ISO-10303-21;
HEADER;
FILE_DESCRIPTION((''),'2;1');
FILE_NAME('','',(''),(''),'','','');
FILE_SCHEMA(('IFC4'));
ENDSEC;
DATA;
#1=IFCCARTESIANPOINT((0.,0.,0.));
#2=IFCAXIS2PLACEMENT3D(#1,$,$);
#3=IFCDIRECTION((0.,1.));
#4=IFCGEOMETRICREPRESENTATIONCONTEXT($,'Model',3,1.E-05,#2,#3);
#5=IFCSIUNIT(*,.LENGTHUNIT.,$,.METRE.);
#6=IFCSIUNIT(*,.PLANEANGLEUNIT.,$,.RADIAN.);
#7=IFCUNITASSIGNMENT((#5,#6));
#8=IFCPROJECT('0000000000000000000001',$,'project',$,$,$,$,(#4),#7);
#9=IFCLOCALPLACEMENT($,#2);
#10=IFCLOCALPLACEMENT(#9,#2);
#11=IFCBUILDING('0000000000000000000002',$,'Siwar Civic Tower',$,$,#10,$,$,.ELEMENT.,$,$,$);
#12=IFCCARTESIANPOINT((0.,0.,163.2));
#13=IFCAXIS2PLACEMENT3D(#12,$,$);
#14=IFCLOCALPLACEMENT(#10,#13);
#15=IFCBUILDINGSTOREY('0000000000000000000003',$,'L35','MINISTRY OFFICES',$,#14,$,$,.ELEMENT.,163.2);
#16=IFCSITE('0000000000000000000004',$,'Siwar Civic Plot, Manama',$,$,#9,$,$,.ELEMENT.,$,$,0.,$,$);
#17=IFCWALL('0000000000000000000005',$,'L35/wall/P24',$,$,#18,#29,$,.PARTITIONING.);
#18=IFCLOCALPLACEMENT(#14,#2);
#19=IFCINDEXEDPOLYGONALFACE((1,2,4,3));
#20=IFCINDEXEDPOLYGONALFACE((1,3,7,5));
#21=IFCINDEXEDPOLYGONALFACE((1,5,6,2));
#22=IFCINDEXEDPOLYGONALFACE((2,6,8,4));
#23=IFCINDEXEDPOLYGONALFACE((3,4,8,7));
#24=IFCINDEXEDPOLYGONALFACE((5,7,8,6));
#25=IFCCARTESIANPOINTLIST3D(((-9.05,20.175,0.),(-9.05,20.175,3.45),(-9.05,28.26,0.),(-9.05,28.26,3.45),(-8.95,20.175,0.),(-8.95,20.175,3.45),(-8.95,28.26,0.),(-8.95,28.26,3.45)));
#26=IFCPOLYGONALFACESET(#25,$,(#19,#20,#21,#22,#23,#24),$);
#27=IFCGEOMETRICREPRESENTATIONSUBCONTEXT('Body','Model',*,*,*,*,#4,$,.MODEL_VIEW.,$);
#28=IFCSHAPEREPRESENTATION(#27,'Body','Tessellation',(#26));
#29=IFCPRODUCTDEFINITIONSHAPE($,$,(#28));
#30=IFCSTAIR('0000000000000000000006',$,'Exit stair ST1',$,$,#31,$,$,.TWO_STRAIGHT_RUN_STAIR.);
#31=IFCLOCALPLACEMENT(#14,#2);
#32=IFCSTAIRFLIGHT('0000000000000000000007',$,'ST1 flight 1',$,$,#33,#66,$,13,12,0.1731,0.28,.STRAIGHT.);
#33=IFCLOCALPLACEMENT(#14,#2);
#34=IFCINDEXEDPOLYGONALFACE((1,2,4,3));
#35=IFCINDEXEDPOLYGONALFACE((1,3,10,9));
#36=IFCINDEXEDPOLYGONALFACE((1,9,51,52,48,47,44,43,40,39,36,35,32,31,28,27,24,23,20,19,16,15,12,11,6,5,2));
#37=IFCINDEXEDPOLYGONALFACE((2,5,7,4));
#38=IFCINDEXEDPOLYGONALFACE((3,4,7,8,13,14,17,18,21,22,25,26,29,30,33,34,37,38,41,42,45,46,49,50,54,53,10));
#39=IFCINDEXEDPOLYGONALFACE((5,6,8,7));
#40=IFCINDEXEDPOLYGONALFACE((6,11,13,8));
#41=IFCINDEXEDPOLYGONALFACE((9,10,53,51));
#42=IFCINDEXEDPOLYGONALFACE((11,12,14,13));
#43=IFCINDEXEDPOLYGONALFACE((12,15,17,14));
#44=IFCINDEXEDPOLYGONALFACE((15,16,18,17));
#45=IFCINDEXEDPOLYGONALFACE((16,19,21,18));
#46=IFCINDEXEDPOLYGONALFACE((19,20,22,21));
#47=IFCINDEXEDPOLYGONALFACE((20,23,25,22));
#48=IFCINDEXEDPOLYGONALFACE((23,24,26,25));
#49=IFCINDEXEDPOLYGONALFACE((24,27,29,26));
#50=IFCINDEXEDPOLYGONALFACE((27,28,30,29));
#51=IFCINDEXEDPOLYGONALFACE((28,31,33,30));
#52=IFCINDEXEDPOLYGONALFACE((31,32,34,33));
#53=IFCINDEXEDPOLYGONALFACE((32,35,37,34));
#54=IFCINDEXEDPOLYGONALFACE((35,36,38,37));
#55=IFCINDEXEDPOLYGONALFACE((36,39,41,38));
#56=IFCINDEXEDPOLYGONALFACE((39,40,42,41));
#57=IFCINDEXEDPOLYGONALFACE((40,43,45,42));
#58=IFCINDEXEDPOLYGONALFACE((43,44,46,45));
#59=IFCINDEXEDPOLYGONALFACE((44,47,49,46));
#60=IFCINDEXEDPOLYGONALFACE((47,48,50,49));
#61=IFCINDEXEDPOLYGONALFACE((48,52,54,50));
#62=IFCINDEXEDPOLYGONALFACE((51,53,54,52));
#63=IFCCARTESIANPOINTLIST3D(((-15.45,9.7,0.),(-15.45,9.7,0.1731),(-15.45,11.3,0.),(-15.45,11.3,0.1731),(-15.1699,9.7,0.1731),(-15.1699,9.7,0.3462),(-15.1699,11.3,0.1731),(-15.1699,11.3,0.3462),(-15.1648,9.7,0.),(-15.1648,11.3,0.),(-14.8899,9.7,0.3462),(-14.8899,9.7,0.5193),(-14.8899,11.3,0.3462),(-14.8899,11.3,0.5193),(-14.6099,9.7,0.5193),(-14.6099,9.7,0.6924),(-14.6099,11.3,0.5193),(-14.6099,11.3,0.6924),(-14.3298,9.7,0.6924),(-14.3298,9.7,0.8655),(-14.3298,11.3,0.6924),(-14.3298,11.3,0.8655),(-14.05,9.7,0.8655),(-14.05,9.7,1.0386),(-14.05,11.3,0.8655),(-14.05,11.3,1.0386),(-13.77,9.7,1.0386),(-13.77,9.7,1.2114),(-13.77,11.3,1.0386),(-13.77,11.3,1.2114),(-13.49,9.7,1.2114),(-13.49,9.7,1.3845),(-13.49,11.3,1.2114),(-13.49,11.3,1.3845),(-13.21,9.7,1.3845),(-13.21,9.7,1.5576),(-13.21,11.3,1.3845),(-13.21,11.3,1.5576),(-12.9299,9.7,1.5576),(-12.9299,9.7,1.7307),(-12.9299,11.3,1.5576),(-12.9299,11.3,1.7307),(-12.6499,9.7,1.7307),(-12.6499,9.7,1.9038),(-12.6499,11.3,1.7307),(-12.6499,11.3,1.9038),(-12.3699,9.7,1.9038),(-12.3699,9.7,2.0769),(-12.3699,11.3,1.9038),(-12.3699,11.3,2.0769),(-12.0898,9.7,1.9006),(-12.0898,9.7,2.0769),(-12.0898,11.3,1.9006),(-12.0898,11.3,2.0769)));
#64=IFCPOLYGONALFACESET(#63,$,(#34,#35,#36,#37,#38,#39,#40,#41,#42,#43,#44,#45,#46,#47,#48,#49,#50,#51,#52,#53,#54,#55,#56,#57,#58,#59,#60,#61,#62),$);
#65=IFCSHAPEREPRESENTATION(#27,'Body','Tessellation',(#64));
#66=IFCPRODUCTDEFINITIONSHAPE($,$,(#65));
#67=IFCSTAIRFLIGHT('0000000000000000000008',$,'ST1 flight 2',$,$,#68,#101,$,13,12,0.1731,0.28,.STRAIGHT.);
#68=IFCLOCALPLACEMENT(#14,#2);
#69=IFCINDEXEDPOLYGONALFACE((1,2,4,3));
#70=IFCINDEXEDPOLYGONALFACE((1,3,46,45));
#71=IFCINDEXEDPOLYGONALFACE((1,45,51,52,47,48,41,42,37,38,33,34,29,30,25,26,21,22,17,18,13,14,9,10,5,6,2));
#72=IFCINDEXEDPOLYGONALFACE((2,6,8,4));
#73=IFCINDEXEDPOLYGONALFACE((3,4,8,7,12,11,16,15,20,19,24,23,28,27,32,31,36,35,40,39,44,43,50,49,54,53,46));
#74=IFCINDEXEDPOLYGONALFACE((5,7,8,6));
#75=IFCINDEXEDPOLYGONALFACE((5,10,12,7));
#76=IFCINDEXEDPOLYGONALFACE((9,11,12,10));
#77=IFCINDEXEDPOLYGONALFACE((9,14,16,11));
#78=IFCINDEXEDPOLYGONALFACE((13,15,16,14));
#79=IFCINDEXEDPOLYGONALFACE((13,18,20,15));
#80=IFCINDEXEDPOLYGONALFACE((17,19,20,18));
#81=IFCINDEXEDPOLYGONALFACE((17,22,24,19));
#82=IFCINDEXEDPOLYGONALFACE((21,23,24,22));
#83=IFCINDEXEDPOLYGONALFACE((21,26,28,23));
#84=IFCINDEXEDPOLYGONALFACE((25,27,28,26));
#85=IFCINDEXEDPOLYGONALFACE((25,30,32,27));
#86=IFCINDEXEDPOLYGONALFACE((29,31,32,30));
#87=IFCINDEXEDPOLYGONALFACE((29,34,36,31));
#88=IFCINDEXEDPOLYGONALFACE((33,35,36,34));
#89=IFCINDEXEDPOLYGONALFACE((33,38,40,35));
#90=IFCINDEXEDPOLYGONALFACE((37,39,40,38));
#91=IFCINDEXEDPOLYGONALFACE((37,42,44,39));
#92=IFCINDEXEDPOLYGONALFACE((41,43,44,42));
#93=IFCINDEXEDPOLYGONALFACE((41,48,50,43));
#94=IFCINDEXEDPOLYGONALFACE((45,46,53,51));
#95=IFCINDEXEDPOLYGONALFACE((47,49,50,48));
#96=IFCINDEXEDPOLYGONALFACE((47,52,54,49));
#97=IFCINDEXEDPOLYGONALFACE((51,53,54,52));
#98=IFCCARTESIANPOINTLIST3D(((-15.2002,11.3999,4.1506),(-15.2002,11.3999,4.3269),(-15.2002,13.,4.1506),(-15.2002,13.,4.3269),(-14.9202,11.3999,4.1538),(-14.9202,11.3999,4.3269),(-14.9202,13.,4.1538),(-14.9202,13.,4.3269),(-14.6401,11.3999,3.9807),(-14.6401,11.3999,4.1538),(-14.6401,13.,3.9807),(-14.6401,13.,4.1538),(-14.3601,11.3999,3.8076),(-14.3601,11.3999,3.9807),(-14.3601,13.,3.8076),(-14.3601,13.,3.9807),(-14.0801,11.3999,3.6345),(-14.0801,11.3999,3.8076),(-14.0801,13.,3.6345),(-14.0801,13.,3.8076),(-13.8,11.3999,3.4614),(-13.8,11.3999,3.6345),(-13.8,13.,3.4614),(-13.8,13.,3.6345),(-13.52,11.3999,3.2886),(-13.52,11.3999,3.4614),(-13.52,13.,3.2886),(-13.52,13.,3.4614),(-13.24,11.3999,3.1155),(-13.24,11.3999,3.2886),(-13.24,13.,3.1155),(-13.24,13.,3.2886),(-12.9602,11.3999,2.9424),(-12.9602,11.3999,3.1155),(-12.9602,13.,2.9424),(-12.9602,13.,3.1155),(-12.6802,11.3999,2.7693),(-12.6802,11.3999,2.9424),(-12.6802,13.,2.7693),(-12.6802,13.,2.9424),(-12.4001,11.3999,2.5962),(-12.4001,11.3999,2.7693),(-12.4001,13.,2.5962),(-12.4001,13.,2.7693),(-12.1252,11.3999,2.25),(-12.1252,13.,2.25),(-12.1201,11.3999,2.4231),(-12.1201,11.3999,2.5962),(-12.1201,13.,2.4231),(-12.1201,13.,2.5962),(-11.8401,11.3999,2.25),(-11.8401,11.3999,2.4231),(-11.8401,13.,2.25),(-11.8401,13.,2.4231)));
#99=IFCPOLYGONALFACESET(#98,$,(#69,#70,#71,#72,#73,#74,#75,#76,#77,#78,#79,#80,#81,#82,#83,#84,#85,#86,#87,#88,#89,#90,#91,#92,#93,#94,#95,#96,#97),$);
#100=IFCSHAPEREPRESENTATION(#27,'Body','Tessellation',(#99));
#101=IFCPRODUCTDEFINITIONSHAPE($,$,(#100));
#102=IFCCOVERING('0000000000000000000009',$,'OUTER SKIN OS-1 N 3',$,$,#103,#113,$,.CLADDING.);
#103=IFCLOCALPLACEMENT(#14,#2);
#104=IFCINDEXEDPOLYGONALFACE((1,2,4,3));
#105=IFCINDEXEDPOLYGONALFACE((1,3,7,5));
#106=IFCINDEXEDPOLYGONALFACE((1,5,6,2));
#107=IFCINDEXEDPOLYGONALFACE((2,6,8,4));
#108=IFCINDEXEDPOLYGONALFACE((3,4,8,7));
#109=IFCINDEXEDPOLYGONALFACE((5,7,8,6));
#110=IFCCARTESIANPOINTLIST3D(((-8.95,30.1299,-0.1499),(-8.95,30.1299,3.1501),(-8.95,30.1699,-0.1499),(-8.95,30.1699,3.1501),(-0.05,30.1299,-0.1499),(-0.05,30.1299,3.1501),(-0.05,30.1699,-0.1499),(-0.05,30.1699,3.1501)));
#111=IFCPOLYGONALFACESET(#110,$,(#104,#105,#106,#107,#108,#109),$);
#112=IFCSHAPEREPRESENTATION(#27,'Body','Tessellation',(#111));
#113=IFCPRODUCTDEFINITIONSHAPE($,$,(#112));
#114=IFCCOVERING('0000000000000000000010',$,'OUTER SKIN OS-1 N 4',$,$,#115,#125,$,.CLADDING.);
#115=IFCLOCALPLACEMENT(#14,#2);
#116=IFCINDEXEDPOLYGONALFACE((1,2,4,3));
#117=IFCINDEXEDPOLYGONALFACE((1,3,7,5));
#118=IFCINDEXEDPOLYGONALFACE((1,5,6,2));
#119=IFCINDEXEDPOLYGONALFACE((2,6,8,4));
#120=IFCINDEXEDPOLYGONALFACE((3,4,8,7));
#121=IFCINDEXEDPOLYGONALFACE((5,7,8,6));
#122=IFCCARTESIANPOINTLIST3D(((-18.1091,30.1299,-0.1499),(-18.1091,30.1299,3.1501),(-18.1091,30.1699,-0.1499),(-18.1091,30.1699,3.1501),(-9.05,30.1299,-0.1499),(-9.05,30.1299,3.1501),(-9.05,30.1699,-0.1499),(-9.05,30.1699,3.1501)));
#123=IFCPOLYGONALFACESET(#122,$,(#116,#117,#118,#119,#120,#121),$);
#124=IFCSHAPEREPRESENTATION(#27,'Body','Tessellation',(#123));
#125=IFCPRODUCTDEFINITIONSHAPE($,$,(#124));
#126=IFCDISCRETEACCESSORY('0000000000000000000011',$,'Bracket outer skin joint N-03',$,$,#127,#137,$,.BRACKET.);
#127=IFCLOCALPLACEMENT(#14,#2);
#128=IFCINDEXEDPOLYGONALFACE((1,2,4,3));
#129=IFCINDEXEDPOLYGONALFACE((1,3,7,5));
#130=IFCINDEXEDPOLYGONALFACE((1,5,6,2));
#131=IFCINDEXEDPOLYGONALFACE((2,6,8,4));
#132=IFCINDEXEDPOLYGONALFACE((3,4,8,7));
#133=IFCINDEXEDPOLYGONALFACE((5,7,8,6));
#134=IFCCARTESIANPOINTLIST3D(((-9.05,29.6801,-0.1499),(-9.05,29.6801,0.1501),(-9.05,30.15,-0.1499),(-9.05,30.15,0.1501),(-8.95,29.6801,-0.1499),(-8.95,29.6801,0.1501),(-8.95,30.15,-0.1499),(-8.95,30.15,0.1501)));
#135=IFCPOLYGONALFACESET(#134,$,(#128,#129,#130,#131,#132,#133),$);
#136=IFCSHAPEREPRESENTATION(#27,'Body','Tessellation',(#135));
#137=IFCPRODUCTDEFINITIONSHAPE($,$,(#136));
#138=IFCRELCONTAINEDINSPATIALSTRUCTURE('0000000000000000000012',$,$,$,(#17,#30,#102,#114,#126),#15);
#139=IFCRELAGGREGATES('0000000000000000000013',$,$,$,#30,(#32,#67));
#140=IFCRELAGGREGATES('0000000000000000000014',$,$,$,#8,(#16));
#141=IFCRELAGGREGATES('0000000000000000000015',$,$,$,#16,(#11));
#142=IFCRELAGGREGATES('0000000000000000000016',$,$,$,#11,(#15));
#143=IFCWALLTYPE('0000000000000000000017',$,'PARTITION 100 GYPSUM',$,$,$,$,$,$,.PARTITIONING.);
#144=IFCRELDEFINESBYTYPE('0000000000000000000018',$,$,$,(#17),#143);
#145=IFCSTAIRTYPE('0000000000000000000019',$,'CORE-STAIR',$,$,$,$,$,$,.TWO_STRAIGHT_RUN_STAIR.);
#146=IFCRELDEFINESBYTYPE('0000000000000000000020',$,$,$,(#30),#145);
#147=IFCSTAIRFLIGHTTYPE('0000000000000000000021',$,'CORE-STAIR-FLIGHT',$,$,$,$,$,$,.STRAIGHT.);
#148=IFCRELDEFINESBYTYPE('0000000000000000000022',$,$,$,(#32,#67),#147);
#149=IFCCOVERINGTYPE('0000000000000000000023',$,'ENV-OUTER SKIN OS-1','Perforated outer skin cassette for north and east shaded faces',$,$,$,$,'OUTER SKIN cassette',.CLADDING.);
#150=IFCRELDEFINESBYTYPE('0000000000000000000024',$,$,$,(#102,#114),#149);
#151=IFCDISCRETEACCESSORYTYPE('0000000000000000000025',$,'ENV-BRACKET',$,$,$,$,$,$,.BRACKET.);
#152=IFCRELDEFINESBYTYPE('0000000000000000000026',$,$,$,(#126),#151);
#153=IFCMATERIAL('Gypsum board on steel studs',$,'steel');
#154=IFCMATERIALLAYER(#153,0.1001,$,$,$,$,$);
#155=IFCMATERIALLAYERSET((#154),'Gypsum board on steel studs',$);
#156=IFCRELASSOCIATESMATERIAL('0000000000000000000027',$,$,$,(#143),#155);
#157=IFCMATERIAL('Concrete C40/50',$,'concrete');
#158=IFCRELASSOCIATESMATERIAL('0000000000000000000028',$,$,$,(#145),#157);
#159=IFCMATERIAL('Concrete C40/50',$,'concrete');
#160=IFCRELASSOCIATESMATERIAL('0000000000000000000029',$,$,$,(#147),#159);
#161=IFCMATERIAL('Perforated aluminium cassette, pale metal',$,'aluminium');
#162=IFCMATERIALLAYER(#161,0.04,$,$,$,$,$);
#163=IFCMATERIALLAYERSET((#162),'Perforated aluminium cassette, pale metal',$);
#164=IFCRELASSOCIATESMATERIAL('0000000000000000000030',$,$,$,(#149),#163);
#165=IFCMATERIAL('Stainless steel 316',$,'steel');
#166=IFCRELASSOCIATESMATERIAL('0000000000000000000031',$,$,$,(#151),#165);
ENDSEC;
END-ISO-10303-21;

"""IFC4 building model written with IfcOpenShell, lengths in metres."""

from ifc_helpers import new_model, si_unit, direction, frame, frame_2d, origin, origin_2d, place, context, subcontext, project, spatial, polyline, rectangle, outline, extrude, material, layer, layer_set, type_object, element, aggregate, save


model = new_model("IFC4")

# Units and contexts
model_context = context("Model", 3, precision=1e-05, world=origin(), true_north=direction((0.0, 1.0)))
body_context = subcontext(model_context, "Body", "Model", "MODEL_VIEW")
ifc_project = project(units=[si_unit("LENGTHUNIT", "METRE"), si_unit("PLANEANGLEUNIT", "RADIAN")], contexts=[model_context])

# Site, building, storey
site_placement = place(None, origin())
site = spatial("IfcSite", under=ifc_project, at=site_placement, Name="Siwar Civic Plot, Manama", CompositionType="ELEMENT", RefElevation=0.0)
building_placement = place(site_placement, origin())
building = spatial("IfcBuilding", under=site, at=building_placement, Name="Siwar Civic Tower", CompositionType="ELEMENT")
storey_placement = place(building_placement, frame((0.0, 0.0, 163.2)))
storey = spatial("IfcBuildingStorey", under=building, at=storey_placement, Name="L35", Description="MINISTRY OFFICES", CompositionType="ELEMENT", Elevation=163.2)

# Wall
ifc_material_1 = material(Name="Gypsum board on steel studs", Category="steel")
ifc_layer_1 = layer(ifc_material_1, 0.1001)
ifc_layer_set_1 = layer_set([ifc_layer_1], Name="Gypsum board on steel studs")
wall_type_1 = type_object("IfcWallType", Name="PARTITION 100 GYPSUM", PredefinedType="PARTITIONING", material=ifc_layer_set_1)
wall_1_placement = place(storey_placement, frame((-9.0, 20.175, 0.0), z_axis=(0.0, 0.0, 1.0), x_axis=(0.0, 1.0, 0.0)))
element("IfcWall", 1, at=wall_1_placement, inside=storey, type_object=wall_type_1, Name="L35/wall/P24", PredefinedType="PARTITIONING", context=body_context, shape_type="SweptSolid", body=[
    extrude(rectangle(XDim=8.085, YDim=0.1001, at=frame_2d((4.0425, 0.0))), origin(), (0.0, 0.0, 1.0), 3.45),
])

# Stair, stair flights
ifc_material_2 = material(Name="Concrete C40/50", Category="concrete")
stair_type = type_object("IfcStairType", Name="CORE-STAIR", PredefinedType="TWO_STRAIGHT_RUN_STAIR", material=ifc_material_2)
stair_placement = place(storey_placement, origin())
stair = element("IfcStair", 2, at=stair_placement, inside=storey, type_object=stair_type, Name="Exit stair ST1", PredefinedType="TWO_STRAIGHT_RUN_STAIR")
ifc_material_3 = material(Name="Concrete C40/50", Category="concrete")
stair_flight_type = type_object("IfcStairFlightType", Name="CORE-STAIR-FLIGHT", PredefinedType="STRAIGHT", material=ifc_material_3)
stair_flight_1_placement = place(storey_placement, frame((-15.45, 10.5, 0.0), z_axis=(0.0, 0.0, 1.0), x_axis=(1.0, 0.0, 0.0)))
stair_flight_1 = element("IfcStairFlight", 3, at=stair_flight_1_placement, type_object=stair_flight_type, Name="ST1 flight 1", NumberOfRisers=13, NumberOfTreads=12, PredefinedType="STRAIGHT", RiserHeight=0.1731, TreadLength=0.28, context=body_context, shape_type="SweptSolid", body=[
    extrude(outline(polyline([(0.0, 0.0), (0.0, 0.1731), (0.28, 0.1731), (0.28, 0.3462), (0.5601, 0.3462), (0.5601, 0.5193), (0.8401, 0.5193), (0.8401, 0.6924), (1.1201, 0.6924), (1.1201, 0.8655), (1.3999, 0.8655), (1.3999, 1.0386), (1.6799, 1.0386), (1.6799, 1.2114), (1.96, 1.2114), (1.96, 1.3845), (2.24, 1.3845), (2.24, 1.5576), (2.52, 1.5576), (2.52, 1.7307), (2.8, 1.7307), (2.8, 1.9038), (3.0801, 1.9038), (3.0801, 2.0769), (3.3601, 2.0769), (3.3601, 2.25), (3.3601, 1.9006), (0.2852, 0.0), (0.0, 0.0)])), frame((0.0, 0.8, 0.0), z_axis=(0.0, -1.0, 0.0), x_axis=(1.0, 0.0, 0.0)), (0.0, 0.0, 1.0), 1.6001),
])
stair_flight_2_placement = place(storey_placement, frame((-11.8401, 12.2, 2.25), z_axis=(0.0, 0.0, 1.0), x_axis=(-1.0, 0.0, 0.0)))
stair_flight_2 = element("IfcStairFlight", 4, at=stair_flight_2_placement, type_object=stair_flight_type, Name="ST1 flight 2", NumberOfRisers=13, NumberOfTreads=12, PredefinedType="STRAIGHT", RiserHeight=0.1731, TreadLength=0.28, context=body_context, shape_type="SweptSolid", body=[
    extrude(outline(polyline([(0.0, 0.0), (0.0, 0.1731), (0.28, 0.1731), (0.28, 0.3462), (0.5601, 0.3462), (0.5601, 0.5193), (0.8401, 0.5193), (0.8401, 0.6924), (1.1201, 0.6924), (1.1201, 0.8655), (1.3999, 0.8655), (1.3999, 1.0386), (1.6799, 1.0386), (1.6799, 1.2114), (1.96, 1.2114), (1.96, 1.3845), (2.24, 1.3845), (2.24, 1.5576), (2.52, 1.5576), (2.52, 1.7307), (2.8, 1.7307), (2.8, 1.9038), (3.0801, 1.9038), (3.0801, 2.0769), (3.3601, 2.0769), (3.3601, 2.25), (3.3601, 1.9006), (0.2852, 0.0), (0.0, 0.0)])), frame((0.0, 0.8, 0.0), z_axis=(0.0, -1.0, 0.0), x_axis=(1.0, 0.0, 0.0)), (0.0, 0.0, 1.0), 1.6001),
])
aggregate(stair, [stair_flight_1, stair_flight_2])

# Coverings
ifc_material_4 = material(Name="Perforated aluminium cassette, pale metal", Category="aluminium")
ifc_layer_2 = layer(ifc_material_4, 0.04)
ifc_layer_set_2 = layer_set([ifc_layer_2], Name="Perforated aluminium cassette, pale metal")
covering_type = type_object("IfcCoveringType", Name="ENV-OUTER SKIN OS-1", Description="Perforated outer skin cassette for north and east shaded faces", ElementType="OUTER SKIN cassette", PredefinedType="CLADDING", material=ifc_layer_set_2)
covering_1_placement = place(storey_placement, frame((-4.5, 30.1499, -0.1499), z_axis=(0.0, 0.0, 1.0), x_axis=(-1.0, 0.0, 0.0)))
element("IfcCovering", 5, at=covering_1_placement, inside=storey, type_object=covering_type, Name="OUTER SKIN OS-1 N 3", PredefinedType="CLADDING", context=body_context, shape_type="SweptSolid", body=[
    extrude(rectangle(XDim=8.8999, YDim=0.04, at=origin_2d()), origin(), (0.0, 0.0, 1.0), 3.3),
])
covering_2_placement = place(storey_placement, frame((-13.5796, 30.1499, -0.1499), z_axis=(0.0, 0.0, 1.0), x_axis=(-1.0, 0.0, 0.0)))
element("IfcCovering", 6, at=covering_2_placement, inside=storey, type_object=covering_type, Name="OUTER SKIN OS-1 N 4", PredefinedType="CLADDING", context=body_context, shape_type="SweptSolid", body=[
    extrude(rectangle(XDim=9.0591, YDim=0.04, at=origin_2d()), origin(), (0.0, 0.0, 1.0), 3.3),
])

# Discrete accessory
ifc_material_5 = material(Name="Stainless steel 316", Category="steel")
discrete_accessory_type = type_object("IfcDiscreteAccessoryType", Name="ENV-BRACKET", PredefinedType="BRACKET", material=ifc_material_5)
discrete_accessory_placement = place(storey_placement, frame((-9.0, 29.915, -0.1499), z_axis=(0.0, 0.0, 1.0), x_axis=(0.0, 1.0, 0.0)))
element("IfcDiscreteAccessory", 7, at=discrete_accessory_placement, inside=storey, type_object=discrete_accessory_type, Name="Bracket outer skin joint N-03", PredefinedType="BRACKET", context=body_context, shape_type="SweptSolid", body=[
    extrude(rectangle(XDim=0.47, YDim=0.1001, at=origin_2d()), origin(), (0.0, 0.0, 1.0), 0.3),
])

save(model, "model.ifc")
